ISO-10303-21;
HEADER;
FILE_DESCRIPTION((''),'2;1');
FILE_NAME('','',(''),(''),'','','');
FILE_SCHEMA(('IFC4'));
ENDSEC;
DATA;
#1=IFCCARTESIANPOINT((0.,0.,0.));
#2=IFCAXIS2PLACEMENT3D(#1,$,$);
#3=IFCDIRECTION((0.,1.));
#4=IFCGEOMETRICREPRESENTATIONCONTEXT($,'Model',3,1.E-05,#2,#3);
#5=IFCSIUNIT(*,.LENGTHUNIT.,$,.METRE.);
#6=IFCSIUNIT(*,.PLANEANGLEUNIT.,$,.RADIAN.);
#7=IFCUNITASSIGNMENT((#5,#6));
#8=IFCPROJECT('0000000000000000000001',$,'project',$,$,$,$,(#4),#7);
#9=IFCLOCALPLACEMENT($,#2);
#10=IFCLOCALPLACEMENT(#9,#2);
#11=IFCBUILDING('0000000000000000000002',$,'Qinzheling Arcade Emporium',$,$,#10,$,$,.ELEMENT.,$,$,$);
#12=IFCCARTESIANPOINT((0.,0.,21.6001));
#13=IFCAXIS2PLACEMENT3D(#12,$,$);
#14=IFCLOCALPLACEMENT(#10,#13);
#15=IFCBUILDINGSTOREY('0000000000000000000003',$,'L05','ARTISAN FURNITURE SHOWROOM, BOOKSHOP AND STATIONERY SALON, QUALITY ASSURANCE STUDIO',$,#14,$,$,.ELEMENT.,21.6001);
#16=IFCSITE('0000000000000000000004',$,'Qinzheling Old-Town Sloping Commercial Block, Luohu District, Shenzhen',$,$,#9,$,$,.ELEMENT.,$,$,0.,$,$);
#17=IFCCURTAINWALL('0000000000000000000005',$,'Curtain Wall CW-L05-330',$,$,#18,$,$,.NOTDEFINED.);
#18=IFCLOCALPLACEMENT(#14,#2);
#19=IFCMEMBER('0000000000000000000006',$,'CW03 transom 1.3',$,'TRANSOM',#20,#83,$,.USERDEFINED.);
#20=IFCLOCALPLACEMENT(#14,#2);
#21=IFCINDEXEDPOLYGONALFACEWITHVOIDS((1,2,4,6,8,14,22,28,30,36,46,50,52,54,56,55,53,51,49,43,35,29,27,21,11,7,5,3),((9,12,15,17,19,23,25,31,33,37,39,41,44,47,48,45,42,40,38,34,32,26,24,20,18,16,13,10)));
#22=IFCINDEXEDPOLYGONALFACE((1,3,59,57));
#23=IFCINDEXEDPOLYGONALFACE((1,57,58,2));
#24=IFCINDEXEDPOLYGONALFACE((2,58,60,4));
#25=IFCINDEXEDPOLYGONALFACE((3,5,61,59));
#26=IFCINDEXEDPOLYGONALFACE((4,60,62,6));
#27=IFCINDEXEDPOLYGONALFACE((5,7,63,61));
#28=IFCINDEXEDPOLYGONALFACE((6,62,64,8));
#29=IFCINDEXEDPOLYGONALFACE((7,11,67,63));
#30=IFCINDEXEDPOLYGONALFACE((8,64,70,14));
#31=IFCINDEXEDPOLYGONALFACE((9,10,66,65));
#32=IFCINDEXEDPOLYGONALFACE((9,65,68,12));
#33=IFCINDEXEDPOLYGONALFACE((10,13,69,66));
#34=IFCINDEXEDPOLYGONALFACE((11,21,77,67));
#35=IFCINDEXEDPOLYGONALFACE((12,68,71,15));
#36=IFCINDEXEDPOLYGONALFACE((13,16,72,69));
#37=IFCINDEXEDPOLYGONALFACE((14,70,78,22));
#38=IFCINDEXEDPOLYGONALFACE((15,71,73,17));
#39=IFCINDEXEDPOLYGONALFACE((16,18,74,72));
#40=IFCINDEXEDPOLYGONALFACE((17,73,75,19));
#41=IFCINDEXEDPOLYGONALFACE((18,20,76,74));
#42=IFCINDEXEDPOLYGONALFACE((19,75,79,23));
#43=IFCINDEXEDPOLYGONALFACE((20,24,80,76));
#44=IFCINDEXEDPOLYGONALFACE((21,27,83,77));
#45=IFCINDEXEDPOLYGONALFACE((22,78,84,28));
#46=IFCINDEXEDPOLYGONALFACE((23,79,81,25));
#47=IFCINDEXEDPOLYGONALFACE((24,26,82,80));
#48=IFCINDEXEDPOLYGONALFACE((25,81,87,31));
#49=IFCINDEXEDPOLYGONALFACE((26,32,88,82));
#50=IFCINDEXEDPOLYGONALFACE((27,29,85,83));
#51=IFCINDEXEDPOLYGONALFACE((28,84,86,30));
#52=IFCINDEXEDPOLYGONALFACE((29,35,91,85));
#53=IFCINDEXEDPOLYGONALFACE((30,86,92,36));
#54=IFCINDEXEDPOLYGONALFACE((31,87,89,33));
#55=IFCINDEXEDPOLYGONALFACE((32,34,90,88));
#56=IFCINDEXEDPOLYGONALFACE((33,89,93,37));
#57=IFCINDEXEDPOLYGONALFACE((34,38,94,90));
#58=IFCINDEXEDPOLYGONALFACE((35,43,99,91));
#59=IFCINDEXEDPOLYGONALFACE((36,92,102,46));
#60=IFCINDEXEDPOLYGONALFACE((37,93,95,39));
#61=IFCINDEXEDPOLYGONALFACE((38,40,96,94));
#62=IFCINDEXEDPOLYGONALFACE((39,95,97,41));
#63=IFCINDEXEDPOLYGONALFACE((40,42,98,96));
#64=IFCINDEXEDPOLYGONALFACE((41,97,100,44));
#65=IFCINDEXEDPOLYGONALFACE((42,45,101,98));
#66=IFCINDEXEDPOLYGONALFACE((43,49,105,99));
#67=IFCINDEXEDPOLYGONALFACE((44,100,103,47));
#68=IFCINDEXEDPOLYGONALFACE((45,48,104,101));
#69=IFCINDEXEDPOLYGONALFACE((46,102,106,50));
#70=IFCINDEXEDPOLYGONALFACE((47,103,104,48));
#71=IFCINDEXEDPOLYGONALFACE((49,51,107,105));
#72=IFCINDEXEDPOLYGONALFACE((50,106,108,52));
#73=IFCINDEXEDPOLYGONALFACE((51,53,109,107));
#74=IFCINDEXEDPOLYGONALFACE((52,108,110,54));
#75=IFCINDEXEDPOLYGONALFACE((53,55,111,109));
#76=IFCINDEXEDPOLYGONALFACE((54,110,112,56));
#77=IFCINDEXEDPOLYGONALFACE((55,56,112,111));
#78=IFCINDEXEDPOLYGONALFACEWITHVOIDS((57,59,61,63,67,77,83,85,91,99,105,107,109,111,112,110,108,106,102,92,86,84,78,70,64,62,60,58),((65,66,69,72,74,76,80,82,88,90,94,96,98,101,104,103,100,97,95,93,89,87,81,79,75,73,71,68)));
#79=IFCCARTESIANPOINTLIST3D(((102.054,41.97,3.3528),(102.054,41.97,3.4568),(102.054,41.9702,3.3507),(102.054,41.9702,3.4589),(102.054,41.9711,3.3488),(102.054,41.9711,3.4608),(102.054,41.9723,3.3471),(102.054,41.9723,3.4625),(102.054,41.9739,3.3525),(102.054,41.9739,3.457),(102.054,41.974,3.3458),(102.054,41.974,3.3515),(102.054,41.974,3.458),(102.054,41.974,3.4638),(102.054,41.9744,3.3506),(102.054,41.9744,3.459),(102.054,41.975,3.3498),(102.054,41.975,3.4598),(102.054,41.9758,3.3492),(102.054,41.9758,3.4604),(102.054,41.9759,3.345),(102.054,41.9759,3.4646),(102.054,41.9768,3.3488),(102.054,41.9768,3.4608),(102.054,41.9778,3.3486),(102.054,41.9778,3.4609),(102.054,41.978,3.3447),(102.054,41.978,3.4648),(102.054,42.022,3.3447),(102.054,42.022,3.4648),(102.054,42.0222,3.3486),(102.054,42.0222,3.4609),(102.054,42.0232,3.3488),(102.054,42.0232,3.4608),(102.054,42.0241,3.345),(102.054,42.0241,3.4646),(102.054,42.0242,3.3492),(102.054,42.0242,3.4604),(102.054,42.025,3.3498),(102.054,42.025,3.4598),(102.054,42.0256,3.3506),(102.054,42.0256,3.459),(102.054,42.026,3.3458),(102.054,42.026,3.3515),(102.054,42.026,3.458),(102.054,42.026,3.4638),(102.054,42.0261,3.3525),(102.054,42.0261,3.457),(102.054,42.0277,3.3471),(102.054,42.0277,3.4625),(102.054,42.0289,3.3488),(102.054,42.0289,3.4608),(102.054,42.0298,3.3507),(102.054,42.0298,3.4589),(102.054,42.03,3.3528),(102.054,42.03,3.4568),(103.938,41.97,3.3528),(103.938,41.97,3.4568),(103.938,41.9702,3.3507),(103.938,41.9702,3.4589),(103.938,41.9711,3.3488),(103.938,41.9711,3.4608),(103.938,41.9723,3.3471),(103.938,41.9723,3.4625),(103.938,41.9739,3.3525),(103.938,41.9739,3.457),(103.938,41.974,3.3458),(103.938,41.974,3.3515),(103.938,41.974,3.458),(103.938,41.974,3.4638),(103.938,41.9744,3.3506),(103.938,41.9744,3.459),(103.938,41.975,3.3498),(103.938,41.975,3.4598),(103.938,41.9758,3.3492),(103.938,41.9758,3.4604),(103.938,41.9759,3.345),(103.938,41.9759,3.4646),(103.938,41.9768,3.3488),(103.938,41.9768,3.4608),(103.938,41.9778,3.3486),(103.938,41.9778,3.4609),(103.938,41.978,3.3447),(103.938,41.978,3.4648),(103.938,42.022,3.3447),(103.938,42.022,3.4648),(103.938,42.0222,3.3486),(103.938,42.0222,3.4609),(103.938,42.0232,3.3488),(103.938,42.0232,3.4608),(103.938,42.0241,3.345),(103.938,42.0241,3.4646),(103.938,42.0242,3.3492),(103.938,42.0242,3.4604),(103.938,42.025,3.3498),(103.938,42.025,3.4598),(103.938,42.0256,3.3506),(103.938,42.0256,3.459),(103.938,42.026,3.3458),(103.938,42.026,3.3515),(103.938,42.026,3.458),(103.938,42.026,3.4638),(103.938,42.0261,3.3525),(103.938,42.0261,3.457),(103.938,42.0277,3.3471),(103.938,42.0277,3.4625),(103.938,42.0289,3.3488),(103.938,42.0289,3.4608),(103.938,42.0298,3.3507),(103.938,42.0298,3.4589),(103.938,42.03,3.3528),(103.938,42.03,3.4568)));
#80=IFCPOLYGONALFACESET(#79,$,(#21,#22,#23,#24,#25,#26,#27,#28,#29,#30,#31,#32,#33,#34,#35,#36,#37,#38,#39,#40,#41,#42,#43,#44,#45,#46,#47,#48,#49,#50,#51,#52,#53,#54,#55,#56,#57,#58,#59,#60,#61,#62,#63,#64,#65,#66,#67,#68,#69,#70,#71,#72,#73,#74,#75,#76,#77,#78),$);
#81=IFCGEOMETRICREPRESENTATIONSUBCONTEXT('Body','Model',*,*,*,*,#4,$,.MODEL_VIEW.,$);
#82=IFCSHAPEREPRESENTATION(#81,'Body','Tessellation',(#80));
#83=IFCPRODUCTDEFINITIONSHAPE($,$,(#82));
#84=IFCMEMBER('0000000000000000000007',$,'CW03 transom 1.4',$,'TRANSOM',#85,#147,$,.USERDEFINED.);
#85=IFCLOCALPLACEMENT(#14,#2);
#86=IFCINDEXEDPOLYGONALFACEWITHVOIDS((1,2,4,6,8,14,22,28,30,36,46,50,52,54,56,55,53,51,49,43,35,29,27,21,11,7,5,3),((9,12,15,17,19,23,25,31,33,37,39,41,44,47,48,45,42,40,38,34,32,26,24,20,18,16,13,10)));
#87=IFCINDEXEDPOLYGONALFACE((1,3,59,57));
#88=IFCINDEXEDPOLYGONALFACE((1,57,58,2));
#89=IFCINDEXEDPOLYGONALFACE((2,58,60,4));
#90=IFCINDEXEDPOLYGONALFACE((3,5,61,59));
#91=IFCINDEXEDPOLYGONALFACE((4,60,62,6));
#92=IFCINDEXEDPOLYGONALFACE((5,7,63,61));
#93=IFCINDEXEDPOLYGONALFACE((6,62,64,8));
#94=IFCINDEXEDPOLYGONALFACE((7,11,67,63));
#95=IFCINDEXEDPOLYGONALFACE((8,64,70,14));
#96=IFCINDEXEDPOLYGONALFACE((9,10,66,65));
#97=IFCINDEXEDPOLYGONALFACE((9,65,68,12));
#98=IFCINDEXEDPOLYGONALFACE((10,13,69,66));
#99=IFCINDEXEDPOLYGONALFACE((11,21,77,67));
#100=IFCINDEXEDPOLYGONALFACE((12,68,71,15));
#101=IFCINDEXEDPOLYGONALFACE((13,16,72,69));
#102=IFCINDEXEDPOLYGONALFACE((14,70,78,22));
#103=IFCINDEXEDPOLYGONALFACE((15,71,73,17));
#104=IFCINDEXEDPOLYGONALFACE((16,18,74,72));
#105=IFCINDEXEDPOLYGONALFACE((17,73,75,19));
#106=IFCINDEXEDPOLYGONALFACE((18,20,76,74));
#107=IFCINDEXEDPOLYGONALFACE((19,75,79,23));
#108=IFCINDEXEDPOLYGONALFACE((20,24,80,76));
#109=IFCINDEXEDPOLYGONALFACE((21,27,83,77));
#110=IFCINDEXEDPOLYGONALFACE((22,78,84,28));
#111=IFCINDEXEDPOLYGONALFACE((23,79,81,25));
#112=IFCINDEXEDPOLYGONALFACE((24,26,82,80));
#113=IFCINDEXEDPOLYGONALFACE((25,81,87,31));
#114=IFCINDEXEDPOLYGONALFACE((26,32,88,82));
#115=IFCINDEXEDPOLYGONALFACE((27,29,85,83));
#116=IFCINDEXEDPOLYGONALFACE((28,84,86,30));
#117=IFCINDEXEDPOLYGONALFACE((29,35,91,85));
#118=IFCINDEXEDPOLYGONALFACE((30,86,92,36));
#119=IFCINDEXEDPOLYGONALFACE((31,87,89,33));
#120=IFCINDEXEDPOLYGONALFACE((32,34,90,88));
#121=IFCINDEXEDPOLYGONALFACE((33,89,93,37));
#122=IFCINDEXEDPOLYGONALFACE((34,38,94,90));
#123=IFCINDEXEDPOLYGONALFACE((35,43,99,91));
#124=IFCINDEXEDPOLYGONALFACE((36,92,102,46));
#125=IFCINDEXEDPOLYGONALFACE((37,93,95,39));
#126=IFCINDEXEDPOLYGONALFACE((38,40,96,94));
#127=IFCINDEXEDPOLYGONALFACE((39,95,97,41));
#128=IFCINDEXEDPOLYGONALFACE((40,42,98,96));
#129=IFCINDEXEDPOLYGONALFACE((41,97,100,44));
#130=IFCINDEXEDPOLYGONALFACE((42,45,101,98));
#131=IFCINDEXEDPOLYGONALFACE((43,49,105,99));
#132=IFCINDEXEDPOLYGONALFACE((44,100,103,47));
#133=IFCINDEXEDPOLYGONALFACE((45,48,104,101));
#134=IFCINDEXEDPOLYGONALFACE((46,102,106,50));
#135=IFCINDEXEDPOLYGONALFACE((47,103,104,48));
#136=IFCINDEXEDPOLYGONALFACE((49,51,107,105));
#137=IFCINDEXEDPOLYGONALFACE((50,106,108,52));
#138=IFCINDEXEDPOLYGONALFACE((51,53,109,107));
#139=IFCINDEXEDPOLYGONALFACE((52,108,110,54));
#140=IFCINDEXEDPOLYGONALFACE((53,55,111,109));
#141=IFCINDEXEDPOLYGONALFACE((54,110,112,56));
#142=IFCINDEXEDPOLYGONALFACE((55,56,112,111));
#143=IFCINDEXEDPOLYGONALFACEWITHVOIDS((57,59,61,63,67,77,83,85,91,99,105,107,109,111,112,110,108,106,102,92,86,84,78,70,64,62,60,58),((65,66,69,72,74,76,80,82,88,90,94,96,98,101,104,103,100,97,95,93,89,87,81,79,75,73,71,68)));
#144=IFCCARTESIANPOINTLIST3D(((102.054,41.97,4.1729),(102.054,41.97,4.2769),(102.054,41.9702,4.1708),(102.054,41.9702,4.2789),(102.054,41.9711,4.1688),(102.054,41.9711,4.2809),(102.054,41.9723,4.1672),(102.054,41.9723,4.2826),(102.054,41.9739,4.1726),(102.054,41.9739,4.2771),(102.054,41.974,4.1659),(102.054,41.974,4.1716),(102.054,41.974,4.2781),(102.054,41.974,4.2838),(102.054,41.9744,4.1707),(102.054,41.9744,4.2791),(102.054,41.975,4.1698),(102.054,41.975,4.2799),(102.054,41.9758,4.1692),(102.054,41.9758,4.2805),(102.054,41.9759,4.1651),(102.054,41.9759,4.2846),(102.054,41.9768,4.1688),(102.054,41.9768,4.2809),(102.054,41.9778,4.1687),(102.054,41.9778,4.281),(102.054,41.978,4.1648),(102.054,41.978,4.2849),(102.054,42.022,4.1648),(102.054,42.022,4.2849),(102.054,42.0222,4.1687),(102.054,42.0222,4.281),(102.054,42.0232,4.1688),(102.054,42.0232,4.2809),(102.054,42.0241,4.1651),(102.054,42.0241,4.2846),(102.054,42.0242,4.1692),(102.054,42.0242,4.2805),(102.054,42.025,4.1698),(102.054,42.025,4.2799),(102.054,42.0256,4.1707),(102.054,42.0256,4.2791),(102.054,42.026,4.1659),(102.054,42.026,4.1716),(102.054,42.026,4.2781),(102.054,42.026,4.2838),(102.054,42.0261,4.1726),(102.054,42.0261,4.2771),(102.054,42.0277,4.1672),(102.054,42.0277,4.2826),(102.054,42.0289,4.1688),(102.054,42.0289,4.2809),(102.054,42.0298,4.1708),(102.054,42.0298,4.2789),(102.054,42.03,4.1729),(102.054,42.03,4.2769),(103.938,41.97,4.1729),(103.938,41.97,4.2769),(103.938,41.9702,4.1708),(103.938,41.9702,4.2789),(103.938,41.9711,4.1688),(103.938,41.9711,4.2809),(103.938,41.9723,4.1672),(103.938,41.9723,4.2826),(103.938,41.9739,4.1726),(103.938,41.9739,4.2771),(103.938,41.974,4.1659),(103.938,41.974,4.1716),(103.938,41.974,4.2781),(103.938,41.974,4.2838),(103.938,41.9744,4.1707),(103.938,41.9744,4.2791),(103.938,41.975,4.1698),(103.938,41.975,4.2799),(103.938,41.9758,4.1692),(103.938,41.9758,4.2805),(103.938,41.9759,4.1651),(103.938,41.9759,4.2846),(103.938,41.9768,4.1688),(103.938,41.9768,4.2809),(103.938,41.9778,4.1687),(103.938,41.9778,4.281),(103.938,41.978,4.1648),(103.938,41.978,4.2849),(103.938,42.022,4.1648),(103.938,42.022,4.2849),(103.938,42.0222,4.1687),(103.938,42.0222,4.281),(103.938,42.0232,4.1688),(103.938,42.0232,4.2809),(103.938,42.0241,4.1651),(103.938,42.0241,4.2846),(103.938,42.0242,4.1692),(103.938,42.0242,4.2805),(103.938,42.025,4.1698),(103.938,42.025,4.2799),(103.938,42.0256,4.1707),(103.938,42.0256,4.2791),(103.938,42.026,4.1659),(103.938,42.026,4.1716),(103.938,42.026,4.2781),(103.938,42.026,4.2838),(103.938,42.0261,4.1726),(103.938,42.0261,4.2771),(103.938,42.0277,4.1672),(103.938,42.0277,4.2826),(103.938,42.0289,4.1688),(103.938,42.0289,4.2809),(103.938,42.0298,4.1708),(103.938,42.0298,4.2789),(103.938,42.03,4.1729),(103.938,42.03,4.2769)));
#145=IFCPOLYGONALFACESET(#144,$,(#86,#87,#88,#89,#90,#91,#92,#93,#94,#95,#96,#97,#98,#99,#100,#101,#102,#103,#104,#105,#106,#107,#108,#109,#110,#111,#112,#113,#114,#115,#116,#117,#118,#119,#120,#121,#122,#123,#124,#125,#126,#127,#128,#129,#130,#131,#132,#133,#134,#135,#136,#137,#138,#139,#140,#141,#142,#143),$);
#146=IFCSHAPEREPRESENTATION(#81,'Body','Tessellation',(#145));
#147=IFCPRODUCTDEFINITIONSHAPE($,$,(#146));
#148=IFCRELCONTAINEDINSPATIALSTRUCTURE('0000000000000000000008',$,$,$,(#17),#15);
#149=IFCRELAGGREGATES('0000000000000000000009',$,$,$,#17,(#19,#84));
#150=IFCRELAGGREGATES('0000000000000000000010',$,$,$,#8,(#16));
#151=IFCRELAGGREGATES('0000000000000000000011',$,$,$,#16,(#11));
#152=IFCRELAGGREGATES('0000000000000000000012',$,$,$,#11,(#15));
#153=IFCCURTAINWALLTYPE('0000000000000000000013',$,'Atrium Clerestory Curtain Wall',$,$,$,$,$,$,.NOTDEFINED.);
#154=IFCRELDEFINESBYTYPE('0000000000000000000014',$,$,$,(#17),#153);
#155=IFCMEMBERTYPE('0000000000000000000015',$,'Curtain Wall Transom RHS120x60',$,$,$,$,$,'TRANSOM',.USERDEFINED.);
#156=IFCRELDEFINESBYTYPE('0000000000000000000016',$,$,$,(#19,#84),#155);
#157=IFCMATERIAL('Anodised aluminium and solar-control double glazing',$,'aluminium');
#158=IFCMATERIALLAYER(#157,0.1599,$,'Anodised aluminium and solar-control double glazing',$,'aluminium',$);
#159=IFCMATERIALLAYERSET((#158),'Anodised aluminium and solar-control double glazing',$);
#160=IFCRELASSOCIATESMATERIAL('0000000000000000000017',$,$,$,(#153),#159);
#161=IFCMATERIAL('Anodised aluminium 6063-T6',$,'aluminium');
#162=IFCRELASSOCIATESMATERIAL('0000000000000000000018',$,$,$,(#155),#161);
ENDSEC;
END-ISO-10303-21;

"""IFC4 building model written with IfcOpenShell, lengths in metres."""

from ifc_helpers import new_model, si_unit, direction, frame, origin, origin_2d, place, context, subcontext, project, spatial, hollow_rectangle, extrude, material, layer, layer_set, material_profile, profile_set, type_object, element, aggregate, save


model = new_model("IFC4")

# Units and contexts
model_context = context("Model", 3, precision=1e-05, world=origin(), true_north=direction((0.0, 1.0)))
body_context = subcontext(model_context, "Body", "Model", "MODEL_VIEW")
ifc_project = project(units=[si_unit("LENGTHUNIT", "METRE"), si_unit("PLANEANGLEUNIT", "RADIAN")], contexts=[model_context])

# Site, building, storey
site_placement = place(None, origin())
site = spatial("IfcSite", under=ifc_project, at=site_placement, Name="Qinzheling Old-Town Sloping Commercial Block, Luohu District, Shenzhen", CompositionType="ELEMENT", RefElevation=0.0)
building_placement = place(site_placement, origin())
building = spatial("IfcBuilding", under=site, at=building_placement, Name="Qinzheling Arcade Emporium", CompositionType="ELEMENT")
storey_placement = place(building_placement, frame((0.0, 0.0, 21.6001)))
storey = spatial("IfcBuildingStorey", under=building, at=storey_placement, Name="L05", Description="ARTISAN FURNITURE SHOWROOM, BOOKSHOP AND STATIONERY SALON, QUALITY ASSURANCE STUDIO", CompositionType="ELEMENT", Elevation=21.6001)

# Shared definitions
ifc_material_1 = material(Name="Anodised aluminium and solar-control double glazing", Category="aluminium")
ifc_material_2 = material(Name="Anodised aluminium 6063-T6", Category="aluminium")

# Curtain wall
ifc_layer_1 = layer(ifc_material_1, 0.1599, Name="Anodised aluminium and solar-control double glazing", Category="aluminium")
ifc_layer_set_1 = layer_set([ifc_layer_1], Name="Anodised aluminium and solar-control double glazing")
curtain_wall_type_1 = type_object("IfcCurtainWallType", Name="Atrium Clerestory Curtain Wall", PredefinedType="NOTDEFINED", material=ifc_layer_set_1)
curtain_wall_1_placement = place(storey_placement, origin())
curtain_wall_1 = element("IfcCurtainWall", 1, at=curtain_wall_1_placement, inside=storey, type_object=curtain_wall_type_1, Name="Curtain Wall CW-L05-330", PredefinedType="NOTDEFINED")

# Members
ifc_material_profile_1 = material_profile(ifc_material_2, hollow_rectangle(XDim=0.0601, YDim=0.1201, WallThickness=0.0039, InnerFilletRadius=0.0039, OuterFilletRadius=0.0081, at=origin_2d()), Name="RHS 120x60x4", Category="aluminium")
ifc_profile_set_1 = profile_set([ifc_material_profile_1], Name="Anodised aluminium 6063-T6")
member_type_1 = type_object("IfcMemberType", Name="Curtain Wall Transom RHS120x60", ElementType="TRANSOM", PredefinedType="USERDEFINED", material=ifc_profile_set_1)
member_1_placement = place(storey_placement, frame((103.938, 42.0, 3.4048), z_axis=(-1.0, 0.0, 0.0), x_axis=(0.0, -1.0, 0.0)))
member_1 = element("IfcMember", 2, at=member_1_placement, type_object=member_type_1, Name="CW03 transom 1.3", ObjectType="TRANSOM", PredefinedType="USERDEFINED", context=body_context, shape_type="SweptSolid", body=[
    extrude(hollow_rectangle(XDim=0.0601, YDim=0.1201, WallThickness=0.0039, InnerFilletRadius=0.0039, OuterFilletRadius=0.0081, at=origin_2d()), origin(), (0.0, 0.0, 1.0), 1.884),
])
member_2_placement = place(storey_placement, frame((103.938, 42.0, 4.2249), z_axis=(-1.0, 0.0, 0.0), x_axis=(0.0, -1.0, 0.0)))
member_2 = element("IfcMember", 3, at=member_2_placement, type_object=member_type_1, Name="CW03 transom 1.4", ObjectType="TRANSOM", PredefinedType="USERDEFINED", context=body_context, shape_type="SweptSolid", body=[
    extrude(hollow_rectangle(XDim=0.0601, YDim=0.1201, WallThickness=0.0039, InnerFilletRadius=0.0039, OuterFilletRadius=0.0081, at=origin_2d()), origin(), (0.0, 0.0, 1.0), 1.884),
])

aggregate(curtain_wall_1, [member_1, member_2])

save(model, "model.ifc")
